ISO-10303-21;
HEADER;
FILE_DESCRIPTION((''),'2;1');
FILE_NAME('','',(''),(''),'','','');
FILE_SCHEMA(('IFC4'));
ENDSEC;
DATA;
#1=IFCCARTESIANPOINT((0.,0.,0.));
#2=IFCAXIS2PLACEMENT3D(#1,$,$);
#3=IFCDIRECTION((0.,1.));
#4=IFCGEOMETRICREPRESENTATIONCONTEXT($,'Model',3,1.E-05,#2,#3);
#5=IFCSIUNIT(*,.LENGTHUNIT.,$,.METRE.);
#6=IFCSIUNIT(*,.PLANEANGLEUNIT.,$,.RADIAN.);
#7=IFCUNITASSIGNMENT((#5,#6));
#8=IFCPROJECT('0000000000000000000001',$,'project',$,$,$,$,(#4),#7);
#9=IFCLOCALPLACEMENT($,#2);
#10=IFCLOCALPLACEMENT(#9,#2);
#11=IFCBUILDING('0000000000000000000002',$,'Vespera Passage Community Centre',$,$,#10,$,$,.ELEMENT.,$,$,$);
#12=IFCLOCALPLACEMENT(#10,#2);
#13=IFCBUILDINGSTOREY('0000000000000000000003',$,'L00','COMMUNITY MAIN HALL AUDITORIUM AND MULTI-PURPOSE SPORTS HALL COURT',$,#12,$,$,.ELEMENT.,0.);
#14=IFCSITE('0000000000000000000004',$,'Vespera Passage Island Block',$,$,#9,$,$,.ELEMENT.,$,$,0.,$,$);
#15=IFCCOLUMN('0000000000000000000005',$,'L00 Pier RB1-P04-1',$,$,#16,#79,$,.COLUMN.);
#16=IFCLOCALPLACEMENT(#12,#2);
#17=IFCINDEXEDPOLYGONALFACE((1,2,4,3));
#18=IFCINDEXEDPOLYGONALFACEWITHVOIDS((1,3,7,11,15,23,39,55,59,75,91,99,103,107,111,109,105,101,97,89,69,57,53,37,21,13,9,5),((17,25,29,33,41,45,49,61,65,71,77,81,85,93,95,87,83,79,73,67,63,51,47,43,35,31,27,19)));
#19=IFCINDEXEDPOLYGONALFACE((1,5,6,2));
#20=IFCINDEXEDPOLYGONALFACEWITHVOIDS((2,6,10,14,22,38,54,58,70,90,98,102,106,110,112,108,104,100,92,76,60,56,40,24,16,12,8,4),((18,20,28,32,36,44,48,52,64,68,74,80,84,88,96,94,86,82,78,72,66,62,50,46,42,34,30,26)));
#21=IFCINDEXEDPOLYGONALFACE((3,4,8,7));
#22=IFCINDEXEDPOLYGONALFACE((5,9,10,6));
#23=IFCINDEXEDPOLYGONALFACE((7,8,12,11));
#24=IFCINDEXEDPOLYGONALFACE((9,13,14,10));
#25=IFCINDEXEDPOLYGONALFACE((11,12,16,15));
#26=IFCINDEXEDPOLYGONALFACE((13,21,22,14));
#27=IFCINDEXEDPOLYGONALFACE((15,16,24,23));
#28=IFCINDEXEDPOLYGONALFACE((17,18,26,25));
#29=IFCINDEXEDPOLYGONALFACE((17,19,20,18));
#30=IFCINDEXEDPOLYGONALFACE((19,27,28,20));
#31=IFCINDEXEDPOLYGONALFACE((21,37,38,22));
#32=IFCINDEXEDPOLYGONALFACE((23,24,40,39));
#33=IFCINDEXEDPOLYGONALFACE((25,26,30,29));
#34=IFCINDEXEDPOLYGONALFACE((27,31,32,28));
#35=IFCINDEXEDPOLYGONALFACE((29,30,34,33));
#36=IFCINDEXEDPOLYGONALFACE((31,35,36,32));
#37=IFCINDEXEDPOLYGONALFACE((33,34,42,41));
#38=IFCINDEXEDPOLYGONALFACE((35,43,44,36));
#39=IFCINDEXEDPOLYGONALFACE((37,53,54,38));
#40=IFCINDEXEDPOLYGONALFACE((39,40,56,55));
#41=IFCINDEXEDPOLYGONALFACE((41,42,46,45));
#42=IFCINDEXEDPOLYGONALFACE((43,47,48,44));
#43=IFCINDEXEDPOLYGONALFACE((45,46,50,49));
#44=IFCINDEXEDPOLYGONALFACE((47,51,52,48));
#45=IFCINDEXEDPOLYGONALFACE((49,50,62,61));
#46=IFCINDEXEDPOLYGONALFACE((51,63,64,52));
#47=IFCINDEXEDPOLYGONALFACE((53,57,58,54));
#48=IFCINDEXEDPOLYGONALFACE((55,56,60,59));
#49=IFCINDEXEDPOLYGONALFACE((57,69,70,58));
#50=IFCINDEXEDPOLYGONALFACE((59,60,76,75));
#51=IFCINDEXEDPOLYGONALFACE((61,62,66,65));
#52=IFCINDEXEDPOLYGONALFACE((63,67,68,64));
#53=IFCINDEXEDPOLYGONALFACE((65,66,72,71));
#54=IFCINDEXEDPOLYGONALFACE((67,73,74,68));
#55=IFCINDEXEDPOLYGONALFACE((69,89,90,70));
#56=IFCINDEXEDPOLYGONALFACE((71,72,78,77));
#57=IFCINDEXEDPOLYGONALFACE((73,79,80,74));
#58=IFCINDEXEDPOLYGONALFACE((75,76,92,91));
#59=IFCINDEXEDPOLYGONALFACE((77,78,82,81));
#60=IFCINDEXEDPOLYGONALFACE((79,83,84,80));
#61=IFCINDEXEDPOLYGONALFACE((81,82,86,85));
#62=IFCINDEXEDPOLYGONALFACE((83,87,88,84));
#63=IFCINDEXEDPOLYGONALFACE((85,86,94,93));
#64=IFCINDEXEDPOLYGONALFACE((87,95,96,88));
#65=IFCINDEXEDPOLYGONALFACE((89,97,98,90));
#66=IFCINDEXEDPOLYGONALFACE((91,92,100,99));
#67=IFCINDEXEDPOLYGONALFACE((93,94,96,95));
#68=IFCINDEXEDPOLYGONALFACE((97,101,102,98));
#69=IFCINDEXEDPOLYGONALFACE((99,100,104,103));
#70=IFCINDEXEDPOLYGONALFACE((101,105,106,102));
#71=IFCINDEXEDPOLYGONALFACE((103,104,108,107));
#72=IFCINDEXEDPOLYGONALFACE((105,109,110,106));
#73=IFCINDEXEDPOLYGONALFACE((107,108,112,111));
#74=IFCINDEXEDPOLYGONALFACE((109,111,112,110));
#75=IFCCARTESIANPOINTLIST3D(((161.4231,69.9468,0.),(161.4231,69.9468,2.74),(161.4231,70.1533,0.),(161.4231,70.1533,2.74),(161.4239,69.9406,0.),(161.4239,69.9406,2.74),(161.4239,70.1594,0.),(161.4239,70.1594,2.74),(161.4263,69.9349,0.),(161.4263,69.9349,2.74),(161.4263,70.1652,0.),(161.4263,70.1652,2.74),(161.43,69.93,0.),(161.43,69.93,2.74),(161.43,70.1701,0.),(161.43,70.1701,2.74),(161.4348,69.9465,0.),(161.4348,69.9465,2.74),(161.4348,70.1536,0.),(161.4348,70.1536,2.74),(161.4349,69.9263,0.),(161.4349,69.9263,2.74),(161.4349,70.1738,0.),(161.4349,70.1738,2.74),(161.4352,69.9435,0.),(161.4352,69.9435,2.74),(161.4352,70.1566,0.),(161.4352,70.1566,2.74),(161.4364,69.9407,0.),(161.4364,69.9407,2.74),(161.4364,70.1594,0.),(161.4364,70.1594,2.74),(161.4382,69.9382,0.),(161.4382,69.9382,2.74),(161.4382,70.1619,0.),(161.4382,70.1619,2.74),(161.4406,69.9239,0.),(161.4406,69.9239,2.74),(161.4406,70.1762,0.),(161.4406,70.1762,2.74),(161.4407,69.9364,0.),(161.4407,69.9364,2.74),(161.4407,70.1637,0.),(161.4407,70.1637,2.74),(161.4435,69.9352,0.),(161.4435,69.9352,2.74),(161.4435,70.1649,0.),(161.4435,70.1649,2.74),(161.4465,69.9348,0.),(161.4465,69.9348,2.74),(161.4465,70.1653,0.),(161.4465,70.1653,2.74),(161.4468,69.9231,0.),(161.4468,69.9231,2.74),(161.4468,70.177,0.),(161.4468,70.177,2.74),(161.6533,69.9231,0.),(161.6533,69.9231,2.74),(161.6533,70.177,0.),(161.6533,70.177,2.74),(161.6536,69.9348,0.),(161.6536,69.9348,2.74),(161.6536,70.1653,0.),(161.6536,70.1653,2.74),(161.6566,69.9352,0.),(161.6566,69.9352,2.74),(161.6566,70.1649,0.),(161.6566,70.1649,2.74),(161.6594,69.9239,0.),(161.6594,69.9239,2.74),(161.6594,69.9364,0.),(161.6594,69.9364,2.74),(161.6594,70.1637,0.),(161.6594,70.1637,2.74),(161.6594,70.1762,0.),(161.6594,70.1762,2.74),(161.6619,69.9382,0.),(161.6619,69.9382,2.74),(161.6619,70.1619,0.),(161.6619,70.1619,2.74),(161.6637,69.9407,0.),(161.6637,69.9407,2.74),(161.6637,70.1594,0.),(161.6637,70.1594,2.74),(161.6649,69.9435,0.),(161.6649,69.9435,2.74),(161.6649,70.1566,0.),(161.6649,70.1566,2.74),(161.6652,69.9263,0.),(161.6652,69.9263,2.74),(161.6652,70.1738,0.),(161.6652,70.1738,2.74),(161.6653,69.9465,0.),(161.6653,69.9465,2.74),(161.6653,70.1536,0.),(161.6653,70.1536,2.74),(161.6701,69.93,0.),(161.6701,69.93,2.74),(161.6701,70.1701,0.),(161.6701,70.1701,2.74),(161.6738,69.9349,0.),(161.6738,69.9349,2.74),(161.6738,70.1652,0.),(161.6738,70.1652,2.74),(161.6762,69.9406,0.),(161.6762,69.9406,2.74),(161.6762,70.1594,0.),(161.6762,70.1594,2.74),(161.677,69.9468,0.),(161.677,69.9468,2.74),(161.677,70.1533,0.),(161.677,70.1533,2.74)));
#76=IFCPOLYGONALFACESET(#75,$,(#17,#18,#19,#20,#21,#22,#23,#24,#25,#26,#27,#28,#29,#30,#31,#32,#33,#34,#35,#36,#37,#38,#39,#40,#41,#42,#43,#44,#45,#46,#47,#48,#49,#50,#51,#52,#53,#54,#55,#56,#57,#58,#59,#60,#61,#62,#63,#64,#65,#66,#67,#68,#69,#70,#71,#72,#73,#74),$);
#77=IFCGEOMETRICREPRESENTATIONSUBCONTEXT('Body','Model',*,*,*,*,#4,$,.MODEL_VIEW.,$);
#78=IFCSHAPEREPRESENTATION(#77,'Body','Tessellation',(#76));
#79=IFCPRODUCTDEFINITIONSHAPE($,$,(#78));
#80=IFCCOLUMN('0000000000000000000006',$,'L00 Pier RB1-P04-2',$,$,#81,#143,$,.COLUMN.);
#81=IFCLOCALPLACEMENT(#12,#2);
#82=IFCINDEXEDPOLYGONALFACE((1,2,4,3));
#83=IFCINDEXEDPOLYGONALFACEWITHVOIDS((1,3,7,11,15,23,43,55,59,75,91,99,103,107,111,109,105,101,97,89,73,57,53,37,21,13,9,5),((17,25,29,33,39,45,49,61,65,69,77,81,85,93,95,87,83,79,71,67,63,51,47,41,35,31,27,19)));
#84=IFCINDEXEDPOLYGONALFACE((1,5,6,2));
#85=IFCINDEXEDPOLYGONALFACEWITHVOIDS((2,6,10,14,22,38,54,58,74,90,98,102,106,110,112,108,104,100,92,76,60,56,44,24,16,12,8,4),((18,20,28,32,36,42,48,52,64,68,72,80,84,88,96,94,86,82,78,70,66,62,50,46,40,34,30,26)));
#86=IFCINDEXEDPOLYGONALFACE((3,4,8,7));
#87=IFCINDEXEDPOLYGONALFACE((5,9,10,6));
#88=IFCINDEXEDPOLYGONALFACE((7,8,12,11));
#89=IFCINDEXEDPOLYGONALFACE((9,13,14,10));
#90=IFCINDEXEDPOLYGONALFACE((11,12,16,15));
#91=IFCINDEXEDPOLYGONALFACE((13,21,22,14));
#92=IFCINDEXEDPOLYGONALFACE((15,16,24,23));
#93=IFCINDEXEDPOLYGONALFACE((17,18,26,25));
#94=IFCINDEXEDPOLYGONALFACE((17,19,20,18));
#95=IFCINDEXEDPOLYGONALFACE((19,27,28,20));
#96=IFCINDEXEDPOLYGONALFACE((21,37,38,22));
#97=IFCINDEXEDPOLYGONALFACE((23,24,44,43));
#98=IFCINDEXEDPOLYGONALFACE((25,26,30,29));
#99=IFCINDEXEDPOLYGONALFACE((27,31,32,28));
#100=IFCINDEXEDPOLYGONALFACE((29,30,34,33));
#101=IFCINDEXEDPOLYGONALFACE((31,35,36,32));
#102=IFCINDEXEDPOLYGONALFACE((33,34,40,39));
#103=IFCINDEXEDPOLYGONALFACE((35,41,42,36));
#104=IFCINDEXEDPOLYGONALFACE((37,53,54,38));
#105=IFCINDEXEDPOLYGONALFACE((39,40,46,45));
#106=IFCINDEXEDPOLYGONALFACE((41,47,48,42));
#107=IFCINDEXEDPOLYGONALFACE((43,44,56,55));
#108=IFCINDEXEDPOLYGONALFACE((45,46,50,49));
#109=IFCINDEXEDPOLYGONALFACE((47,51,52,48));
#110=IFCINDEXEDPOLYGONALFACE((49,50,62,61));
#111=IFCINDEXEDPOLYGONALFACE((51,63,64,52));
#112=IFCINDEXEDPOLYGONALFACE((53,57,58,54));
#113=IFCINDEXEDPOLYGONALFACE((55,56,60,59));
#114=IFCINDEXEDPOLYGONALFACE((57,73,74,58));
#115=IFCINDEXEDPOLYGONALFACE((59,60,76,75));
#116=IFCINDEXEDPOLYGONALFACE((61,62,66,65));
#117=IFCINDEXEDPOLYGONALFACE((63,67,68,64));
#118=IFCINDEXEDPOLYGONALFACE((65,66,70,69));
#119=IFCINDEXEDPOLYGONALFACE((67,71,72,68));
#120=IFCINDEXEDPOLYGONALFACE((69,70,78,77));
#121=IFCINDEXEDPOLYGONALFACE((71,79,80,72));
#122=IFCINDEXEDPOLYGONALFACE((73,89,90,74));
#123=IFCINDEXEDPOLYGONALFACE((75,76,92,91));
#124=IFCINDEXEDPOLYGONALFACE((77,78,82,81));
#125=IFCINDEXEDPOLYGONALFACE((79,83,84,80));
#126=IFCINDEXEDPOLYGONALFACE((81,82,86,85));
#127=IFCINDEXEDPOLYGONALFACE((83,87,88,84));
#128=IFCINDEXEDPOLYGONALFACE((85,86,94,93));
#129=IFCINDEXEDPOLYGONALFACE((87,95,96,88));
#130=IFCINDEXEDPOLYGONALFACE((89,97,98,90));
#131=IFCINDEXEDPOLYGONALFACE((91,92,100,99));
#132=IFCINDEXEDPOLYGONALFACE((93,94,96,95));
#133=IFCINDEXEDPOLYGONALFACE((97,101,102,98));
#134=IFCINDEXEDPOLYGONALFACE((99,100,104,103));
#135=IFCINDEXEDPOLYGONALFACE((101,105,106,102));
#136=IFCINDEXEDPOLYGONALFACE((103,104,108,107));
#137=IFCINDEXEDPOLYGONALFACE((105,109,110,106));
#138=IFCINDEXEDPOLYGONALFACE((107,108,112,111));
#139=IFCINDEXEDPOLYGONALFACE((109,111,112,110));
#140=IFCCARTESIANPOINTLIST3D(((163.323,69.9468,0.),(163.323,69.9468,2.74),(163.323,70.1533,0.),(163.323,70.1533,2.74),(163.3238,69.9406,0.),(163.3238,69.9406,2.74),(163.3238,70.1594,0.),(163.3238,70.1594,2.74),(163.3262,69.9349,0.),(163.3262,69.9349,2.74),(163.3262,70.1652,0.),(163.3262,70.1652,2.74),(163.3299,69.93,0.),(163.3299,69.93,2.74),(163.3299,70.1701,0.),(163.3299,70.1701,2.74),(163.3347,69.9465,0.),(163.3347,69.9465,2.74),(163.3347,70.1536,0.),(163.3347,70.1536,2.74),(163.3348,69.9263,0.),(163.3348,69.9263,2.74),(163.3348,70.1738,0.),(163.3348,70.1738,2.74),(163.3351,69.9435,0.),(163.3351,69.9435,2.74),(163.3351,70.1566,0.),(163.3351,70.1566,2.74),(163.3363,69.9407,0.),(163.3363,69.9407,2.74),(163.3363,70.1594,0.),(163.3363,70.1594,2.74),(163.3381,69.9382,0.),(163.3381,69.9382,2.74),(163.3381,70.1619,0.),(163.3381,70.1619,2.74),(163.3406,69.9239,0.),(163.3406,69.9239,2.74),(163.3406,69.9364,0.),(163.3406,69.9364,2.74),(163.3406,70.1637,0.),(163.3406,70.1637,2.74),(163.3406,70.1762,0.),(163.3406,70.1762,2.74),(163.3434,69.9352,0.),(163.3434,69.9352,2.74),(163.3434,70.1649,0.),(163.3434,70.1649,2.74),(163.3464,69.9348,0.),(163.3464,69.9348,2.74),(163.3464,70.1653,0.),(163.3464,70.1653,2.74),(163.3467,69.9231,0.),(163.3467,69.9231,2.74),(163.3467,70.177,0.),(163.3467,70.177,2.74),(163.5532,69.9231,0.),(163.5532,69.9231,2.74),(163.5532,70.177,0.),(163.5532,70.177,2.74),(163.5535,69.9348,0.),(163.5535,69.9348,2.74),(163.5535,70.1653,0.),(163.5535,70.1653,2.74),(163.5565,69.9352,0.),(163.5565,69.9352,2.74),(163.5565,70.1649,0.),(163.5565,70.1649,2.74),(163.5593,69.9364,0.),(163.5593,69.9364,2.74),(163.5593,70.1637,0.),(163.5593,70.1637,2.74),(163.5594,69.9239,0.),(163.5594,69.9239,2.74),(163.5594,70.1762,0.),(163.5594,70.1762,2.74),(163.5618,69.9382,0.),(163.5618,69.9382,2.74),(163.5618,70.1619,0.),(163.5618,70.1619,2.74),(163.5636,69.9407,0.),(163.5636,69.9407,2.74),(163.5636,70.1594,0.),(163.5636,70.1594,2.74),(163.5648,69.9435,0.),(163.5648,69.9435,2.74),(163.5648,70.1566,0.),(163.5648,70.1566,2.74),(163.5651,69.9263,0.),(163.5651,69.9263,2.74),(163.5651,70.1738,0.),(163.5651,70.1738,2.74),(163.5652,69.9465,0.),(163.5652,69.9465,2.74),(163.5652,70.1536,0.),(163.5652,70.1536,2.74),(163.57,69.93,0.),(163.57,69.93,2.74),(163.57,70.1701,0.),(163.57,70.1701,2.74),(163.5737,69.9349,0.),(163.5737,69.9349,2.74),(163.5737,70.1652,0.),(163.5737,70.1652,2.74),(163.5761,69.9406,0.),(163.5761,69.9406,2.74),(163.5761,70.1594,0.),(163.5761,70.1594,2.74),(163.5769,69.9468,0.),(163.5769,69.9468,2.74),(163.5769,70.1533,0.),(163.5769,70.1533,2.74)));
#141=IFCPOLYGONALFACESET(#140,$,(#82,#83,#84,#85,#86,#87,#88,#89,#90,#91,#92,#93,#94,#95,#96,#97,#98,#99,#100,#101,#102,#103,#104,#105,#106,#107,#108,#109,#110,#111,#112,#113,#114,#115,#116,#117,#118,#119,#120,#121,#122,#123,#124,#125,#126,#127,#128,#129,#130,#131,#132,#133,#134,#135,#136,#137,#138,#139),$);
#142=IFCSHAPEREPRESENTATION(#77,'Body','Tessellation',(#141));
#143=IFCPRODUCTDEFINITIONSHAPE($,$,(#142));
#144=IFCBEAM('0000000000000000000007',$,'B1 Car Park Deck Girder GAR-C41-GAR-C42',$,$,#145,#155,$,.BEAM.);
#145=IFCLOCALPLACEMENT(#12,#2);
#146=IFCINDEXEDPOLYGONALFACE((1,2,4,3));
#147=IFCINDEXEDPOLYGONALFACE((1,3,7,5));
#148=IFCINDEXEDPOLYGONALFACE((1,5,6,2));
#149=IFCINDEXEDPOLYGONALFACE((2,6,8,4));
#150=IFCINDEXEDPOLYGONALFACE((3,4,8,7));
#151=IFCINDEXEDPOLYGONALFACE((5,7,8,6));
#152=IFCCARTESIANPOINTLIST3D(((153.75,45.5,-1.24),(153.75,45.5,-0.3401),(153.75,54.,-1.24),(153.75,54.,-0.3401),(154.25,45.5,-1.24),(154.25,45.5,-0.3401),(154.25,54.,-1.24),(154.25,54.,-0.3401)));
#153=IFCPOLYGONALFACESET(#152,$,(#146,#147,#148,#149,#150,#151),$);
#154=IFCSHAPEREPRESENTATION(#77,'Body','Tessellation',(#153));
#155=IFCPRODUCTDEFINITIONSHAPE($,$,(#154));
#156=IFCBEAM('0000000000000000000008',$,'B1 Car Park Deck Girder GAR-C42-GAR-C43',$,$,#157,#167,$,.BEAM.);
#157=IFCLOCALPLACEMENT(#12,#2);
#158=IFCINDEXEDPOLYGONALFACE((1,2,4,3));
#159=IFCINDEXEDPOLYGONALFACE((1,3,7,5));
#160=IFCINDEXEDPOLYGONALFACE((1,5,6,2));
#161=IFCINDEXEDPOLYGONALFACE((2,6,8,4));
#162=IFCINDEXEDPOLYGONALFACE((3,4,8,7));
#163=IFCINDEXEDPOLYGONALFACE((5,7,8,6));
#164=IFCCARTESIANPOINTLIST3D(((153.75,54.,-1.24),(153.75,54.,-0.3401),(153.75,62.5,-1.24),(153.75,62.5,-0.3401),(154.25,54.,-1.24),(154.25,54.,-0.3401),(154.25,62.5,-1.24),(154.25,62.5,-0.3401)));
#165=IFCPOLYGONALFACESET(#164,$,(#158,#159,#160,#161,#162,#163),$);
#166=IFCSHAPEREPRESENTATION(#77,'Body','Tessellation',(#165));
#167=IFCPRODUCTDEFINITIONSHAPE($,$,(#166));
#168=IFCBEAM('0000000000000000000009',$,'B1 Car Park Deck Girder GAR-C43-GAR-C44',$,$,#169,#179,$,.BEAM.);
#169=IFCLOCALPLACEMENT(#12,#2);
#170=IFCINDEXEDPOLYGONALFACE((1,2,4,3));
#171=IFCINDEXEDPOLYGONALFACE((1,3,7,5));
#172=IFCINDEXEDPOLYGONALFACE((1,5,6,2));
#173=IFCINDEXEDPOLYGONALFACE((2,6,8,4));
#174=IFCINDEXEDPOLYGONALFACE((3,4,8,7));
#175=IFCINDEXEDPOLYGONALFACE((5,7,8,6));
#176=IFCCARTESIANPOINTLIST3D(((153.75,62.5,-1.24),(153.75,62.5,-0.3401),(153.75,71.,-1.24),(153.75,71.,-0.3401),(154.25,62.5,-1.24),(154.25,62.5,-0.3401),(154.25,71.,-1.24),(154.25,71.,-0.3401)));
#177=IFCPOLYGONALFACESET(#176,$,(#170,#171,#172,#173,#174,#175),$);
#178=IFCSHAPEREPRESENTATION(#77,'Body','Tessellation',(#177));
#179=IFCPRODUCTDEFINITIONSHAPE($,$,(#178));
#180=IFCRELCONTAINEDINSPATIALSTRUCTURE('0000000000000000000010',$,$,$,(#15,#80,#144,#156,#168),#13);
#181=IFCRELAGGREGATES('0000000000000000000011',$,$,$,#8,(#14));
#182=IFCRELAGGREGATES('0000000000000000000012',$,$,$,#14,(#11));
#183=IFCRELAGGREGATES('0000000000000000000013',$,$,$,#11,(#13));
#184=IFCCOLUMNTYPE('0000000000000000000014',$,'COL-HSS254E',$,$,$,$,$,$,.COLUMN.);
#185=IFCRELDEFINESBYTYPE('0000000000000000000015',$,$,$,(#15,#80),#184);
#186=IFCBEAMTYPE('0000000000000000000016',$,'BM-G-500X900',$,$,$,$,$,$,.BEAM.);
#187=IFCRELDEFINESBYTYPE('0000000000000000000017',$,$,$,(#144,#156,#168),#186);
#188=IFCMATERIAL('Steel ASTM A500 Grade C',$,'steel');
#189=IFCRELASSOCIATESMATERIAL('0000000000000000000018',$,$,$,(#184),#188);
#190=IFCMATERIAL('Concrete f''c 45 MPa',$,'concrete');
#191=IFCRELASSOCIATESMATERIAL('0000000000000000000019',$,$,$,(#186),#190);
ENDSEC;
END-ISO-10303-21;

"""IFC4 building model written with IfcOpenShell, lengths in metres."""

from ifc_helpers import new_model, si_unit, direction, frame, origin, origin_2d, place, context, subcontext, project, spatial, rectangle, hollow_rectangle, extrude, material, material_profile, profile_set, type_object, element, save


model = new_model("IFC4")

# Units and contexts
model_context = context("Model", 3, precision=1e-05, world=origin(), true_north=direction((0.0, 1.0)))
body_context = subcontext(model_context, "Body", "Model", "MODEL_VIEW")
ifc_project = project(units=[si_unit("LENGTHUNIT", "METRE"), si_unit("PLANEANGLEUNIT", "RADIAN")], contexts=[model_context])

# Site, building, storey
site_placement = place(None, origin())
site = spatial("IfcSite", under=ifc_project, at=site_placement, Name="Vespera Passage Island Block", CompositionType="ELEMENT", RefElevation=0.0)
building_placement = place(site_placement, origin())
building = spatial("IfcBuilding", under=site, at=building_placement, Name="Vespera Passage Community Centre", CompositionType="ELEMENT")
storey_placement = place(building_placement, origin())
storey = spatial("IfcBuildingStorey", under=building, at=storey_placement, Name="L00", Description="COMMUNITY MAIN HALL AUDITORIUM AND MULTI-PURPOSE SPORTS HALL COURT", CompositionType="ELEMENT", Elevation=0.0)

# Columns
ifc_material_1 = material(Name="Steel ASTM A500 Grade C", Category="steel")
ifc_material_profile_1 = material_profile(ifc_material_1, hollow_rectangle(XDim=0.2539, YDim=0.2539, WallThickness=0.0117, InnerFilletRadius=0.0117, OuterFilletRadius=0.0237, at=origin_2d()), Name="HSS254X254X12.7")
ifc_profile_set_1 = profile_set([ifc_material_profile_1], Name="Steel ASTM A500 Grade C")
column_type = type_object("IfcColumnType", Name="COL-HSS254E", PredefinedType="COLUMN", material=ifc_profile_set_1)
for number, where, z_axis, x_axis, name in (
    (1, (161.55, 70.05, 0.0), (0.0, 0.0, 1.0), (1.0, 0.0, 0.0), "L00 Pier RB1-P04-1"),
    (2, (163.45, 70.05, 0.0), (0.0, 0.0, 1.0), (1.0, 0.0, 0.0), "L00 Pier RB1-P04-2"),
):
    element("IfcColumn", number, at=place(storey_placement, frame(where, z_axis=z_axis, x_axis=x_axis)), inside=storey, type_object=column_type, Name=name, PredefinedType="COLUMN", context=body_context, shape_type="SweptSolid", body=[
        extrude(hollow_rectangle(XDim=0.2539, YDim=0.2539, WallThickness=0.0117, InnerFilletRadius=0.0117, OuterFilletRadius=0.0237, at=origin_2d()), origin(), (0.0, 0.0, 1.0), 2.74),
    ])

# Beams
ifc_material_2 = material(Name="Concrete f'c 45 MPa", Category="concrete")
ifc_material_profile_2 = material_profile(ifc_material_2, rectangle(XDim=0.5, YDim=0.8999, at=origin_2d()), Name="RC500X900")
ifc_profile_set_2 = profile_set([ifc_material_profile_2], Name="Concrete f'c 45 MPa")
beam_type_1 = type_object("IfcBeamType", Name="BM-G-500X900", PredefinedType="BEAM", material=ifc_profile_set_2)
for number, where, z_axis, x_axis, name in (
    (3, (154.0, 45.5, -0.79), (0.0, 1.0, 0.0), (-1.0, 0.0, 0.0), "B1 Car Park Deck Girder GAR-C41-GAR-C42"),
    (4, (154.0, 54.0, -0.79), (0.0, 1.0, 0.0), (-1.0, 0.0, 0.0), "B1 Car Park Deck Girder GAR-C42-GAR-C43"),
    (5, (154.0, 62.5, -0.79), (0.0, 1.0, 0.0), (-1.0, 0.0, 0.0), "B1 Car Park Deck Girder GAR-C43-GAR-C44"),
):
    element("IfcBeam", number, at=place(storey_placement, frame(where, z_axis=z_axis, x_axis=x_axis)), inside=storey, type_object=beam_type_1, Name=name, PredefinedType="BEAM", context=body_context, shape_type="SweptSolid", body=[
        extrude(rectangle(XDim=0.5, YDim=0.8999, at=origin_2d()), origin(), (0.0, 0.0, 1.0), 8.5),
    ])

save(model, "model.ifc")
